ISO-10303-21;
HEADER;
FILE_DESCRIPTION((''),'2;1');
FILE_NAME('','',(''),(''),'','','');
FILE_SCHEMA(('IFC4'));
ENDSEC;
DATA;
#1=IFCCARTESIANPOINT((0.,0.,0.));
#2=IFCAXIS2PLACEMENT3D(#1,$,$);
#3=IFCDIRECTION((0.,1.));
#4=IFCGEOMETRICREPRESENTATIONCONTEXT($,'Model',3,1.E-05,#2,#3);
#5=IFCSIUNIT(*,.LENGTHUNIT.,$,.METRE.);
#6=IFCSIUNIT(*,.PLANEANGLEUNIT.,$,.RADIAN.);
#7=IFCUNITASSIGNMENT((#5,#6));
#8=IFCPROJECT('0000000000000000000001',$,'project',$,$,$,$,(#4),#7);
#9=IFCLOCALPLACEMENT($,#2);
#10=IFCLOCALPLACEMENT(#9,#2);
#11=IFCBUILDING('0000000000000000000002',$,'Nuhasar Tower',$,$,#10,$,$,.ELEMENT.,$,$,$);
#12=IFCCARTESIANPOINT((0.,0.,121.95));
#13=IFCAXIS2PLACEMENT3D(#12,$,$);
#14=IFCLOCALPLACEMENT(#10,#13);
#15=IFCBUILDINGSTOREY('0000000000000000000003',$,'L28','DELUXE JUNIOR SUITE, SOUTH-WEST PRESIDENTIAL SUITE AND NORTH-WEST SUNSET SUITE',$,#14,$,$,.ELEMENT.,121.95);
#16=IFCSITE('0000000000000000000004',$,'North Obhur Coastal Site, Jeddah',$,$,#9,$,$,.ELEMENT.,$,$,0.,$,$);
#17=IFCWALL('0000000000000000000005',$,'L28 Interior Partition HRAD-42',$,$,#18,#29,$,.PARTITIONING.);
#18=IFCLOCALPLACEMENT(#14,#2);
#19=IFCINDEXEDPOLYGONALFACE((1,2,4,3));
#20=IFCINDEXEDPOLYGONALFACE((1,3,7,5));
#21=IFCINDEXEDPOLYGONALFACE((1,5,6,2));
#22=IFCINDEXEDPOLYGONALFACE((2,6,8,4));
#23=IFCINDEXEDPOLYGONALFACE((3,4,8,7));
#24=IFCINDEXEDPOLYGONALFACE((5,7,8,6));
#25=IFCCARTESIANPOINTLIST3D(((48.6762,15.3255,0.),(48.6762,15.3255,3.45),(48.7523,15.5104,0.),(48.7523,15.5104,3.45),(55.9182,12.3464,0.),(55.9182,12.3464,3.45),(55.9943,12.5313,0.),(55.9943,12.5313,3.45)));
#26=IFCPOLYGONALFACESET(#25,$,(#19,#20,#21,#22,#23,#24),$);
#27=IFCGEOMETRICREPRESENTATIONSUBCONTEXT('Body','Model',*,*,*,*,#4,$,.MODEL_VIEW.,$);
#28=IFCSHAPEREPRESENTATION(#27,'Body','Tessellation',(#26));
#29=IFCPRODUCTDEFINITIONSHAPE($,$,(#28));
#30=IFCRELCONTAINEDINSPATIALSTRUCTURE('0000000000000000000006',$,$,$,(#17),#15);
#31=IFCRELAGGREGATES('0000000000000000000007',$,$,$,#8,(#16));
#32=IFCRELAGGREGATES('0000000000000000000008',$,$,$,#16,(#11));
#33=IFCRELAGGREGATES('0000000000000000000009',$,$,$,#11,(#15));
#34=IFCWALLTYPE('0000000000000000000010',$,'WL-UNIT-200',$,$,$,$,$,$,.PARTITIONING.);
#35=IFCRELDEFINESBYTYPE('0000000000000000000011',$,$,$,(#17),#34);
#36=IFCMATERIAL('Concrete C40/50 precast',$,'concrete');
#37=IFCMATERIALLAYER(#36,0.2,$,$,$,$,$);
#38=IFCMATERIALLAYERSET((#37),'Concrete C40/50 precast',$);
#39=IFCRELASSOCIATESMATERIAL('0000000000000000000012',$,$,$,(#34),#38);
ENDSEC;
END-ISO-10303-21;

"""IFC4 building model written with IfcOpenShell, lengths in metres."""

from ifc_helpers import new_model, si_unit, direction, frame, frame_2d, origin, place, context, subcontext, project, spatial, rectangle, extrude, material, layer, layer_set, type_object, element, save


model = new_model("IFC4")

# Units and contexts
model_context = context("Model", 3, precision=1e-05, world=origin(), true_north=direction((0.0, 1.0)))
body_context = subcontext(model_context, "Body", "Model", "MODEL_VIEW")
ifc_project = project(units=[si_unit("LENGTHUNIT", "METRE"), si_unit("PLANEANGLEUNIT", "RADIAN")], contexts=[model_context])

# Site, building, storey
site_placement = place(None, origin())
site = spatial("IfcSite", under=ifc_project, at=site_placement, Name="North Obhur Coastal Site, Jeddah", CompositionType="ELEMENT", RefElevation=0.0)
building_placement = place(site_placement, origin())
building = spatial("IfcBuilding", under=site, at=building_placement, Name="Nuhasar Tower", CompositionType="ELEMENT")
storey_placement = place(building_placement, frame((0.0, 0.0, 121.95)))
storey = spatial("IfcBuildingStorey", under=building, at=storey_placement, Name="L28", Description="DELUXE JUNIOR SUITE, SOUTH-WEST PRESIDENTIAL SUITE AND NORTH-WEST SUNSET SUITE", CompositionType="ELEMENT", Elevation=121.95)

# Wall
ifc_material_1 = material(Name="Concrete C40/50 precast", Category="concrete")
ifc_layer_1 = layer(ifc_material_1, 0.2)
ifc_layer_set_1 = layer_set([ifc_layer_1], Name="Concrete C40/50 precast")
wall_type_1 = type_object("IfcWallType", Name="WL-UNIT-200", PredefinedType="PARTITIONING", material=ifc_layer_set_1)
wall_1_placement = place(storey_placement, frame((48.7141, 15.418, 0.0), z_axis=(0.0, 0.0, 1.0), x_axis=(0.924812, -0.380425, 0.0)))
element("IfcWall", 1, at=wall_1_placement, inside=storey, type_object=wall_type_1, Name="L28 Interior Partition HRAD-42", PredefinedType="PARTITIONING", context=body_context, shape_type="SweptSolid", body=[
    extrude(rectangle(XDim=7.8308, YDim=0.2, at=frame_2d((3.9155, 0.0))), origin(), (0.0, 0.0, 1.0), 3.45),
])

save(model, "model.ifc")
